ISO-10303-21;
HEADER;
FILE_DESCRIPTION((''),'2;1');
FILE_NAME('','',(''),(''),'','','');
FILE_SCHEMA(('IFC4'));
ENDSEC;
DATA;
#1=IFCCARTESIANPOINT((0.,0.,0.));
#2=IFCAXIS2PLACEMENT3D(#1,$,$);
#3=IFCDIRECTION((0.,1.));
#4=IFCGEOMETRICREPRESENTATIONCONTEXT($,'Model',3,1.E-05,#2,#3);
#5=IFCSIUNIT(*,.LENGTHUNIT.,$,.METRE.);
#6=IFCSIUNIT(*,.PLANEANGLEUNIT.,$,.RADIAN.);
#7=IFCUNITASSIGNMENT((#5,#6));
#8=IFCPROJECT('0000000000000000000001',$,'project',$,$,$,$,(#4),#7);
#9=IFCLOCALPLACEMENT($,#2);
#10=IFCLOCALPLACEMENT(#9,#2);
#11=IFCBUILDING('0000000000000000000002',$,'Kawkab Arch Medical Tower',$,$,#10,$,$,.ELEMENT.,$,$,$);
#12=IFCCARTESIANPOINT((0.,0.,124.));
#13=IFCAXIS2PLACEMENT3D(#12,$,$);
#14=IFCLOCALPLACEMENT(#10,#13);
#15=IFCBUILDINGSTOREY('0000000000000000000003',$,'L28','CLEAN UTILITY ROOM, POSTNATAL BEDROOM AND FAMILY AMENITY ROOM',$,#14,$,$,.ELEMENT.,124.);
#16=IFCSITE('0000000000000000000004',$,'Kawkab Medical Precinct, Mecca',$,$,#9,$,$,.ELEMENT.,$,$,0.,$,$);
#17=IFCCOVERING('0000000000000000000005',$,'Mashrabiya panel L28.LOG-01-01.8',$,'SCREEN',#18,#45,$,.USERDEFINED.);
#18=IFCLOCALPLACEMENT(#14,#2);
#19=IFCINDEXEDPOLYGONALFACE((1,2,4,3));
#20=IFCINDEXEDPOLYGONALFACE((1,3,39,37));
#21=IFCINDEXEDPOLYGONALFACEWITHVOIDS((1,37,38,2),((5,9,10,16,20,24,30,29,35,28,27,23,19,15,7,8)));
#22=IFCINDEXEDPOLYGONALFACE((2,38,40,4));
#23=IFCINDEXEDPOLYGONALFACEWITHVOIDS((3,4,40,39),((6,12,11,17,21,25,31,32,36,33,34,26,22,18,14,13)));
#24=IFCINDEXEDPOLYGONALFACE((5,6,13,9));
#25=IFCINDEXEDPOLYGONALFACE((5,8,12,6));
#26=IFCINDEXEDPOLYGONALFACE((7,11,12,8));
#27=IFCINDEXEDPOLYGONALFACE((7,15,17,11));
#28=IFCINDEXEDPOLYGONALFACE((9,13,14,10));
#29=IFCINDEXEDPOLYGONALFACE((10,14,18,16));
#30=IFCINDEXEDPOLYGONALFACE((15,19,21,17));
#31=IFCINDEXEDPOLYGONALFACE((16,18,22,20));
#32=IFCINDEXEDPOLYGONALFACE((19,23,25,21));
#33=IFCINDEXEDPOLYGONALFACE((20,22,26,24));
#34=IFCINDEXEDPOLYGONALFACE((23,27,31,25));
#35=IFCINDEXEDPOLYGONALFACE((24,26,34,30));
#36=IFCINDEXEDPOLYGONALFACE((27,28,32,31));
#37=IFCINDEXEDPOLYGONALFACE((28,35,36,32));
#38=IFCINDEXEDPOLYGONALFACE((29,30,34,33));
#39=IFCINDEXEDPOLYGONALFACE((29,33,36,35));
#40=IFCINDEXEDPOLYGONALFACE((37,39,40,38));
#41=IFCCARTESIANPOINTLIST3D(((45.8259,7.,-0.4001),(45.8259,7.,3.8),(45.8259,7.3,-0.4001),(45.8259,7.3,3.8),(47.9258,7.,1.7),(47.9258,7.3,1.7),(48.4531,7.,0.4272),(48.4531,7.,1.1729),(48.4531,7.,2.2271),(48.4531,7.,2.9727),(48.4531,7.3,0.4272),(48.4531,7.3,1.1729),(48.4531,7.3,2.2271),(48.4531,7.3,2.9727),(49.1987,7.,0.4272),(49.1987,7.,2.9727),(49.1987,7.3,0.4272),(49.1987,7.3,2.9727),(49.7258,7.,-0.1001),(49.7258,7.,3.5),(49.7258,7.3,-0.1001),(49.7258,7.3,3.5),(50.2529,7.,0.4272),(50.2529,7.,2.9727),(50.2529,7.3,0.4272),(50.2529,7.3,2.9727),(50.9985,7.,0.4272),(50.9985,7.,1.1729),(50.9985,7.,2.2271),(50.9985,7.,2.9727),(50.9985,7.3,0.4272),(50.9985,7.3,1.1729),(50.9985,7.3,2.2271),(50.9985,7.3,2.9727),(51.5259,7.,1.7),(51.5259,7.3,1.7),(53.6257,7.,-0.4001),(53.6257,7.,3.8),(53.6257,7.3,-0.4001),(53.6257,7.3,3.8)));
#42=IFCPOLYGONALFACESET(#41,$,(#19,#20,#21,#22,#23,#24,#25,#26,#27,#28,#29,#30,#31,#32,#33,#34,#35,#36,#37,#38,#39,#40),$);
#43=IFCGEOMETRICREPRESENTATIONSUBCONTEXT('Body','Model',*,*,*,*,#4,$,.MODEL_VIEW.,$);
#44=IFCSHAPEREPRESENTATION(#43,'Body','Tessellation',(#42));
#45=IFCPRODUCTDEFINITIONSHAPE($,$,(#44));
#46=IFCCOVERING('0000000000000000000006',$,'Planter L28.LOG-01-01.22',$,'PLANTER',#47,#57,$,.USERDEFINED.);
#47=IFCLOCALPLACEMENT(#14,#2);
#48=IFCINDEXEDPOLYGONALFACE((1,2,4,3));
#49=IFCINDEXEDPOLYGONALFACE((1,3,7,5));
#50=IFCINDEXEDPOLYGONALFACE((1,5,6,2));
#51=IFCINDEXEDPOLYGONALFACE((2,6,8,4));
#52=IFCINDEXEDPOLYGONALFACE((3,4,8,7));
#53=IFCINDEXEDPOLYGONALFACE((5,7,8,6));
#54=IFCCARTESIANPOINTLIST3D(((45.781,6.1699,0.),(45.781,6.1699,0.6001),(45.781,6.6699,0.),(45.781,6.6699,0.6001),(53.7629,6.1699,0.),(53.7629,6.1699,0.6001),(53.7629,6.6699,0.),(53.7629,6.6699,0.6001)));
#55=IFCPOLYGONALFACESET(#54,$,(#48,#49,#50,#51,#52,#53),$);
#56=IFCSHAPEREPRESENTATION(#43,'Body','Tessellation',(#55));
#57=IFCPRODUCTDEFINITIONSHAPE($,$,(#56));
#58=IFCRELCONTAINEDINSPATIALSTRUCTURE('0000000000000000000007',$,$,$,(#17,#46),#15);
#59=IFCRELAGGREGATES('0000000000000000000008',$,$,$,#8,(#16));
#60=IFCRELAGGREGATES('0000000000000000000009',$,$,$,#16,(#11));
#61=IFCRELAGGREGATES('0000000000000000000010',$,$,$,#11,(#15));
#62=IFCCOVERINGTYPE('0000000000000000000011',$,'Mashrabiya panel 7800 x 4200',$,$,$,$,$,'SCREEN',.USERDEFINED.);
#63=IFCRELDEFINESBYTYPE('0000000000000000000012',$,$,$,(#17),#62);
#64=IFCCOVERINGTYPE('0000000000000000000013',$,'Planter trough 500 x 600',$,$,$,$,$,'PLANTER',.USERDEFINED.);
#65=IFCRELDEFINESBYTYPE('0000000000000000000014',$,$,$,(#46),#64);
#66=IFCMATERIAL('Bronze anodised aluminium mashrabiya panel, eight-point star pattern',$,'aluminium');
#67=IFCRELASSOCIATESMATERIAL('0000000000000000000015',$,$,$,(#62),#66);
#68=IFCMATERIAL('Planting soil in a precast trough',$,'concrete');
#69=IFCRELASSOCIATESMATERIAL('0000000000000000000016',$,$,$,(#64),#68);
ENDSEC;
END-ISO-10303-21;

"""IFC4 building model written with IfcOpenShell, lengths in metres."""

from ifc_helpers import new_model, si_unit, direction, frame, origin, origin_2d, place, context, subcontext, project, spatial, polyline, rectangle, outline, extrude, material, material_profile, profile_set, type_object, element, save


model = new_model("IFC4")

# Units and contexts
model_context = context("Model", 3, precision=1e-05, world=origin(), true_north=direction((0.0, 1.0)))
body_context = subcontext(model_context, "Body", "Model", "MODEL_VIEW")
ifc_project = project(units=[si_unit("LENGTHUNIT", "METRE"), si_unit("PLANEANGLEUNIT", "RADIAN")], contexts=[model_context])

# Site, building, storey
site_placement = place(None, origin())
site = spatial("IfcSite", under=ifc_project, at=site_placement, Name="Kawkab Medical Precinct, Mecca", CompositionType="ELEMENT", RefElevation=0.0)
building_placement = place(site_placement, origin())
building = spatial("IfcBuilding", under=site, at=building_placement, Name="Kawkab Arch Medical Tower", CompositionType="ELEMENT")
storey_placement = place(building_placement, frame((0.0, 0.0, 124.0)))
storey = spatial("IfcBuildingStorey", under=building, at=storey_placement, Name="L28", Description="CLEAN UTILITY ROOM, POSTNATAL BEDROOM AND FAMILY AMENITY ROOM", CompositionType="ELEMENT", Elevation=124.0)

# Coverings
ifc_material_1 = material(Name="Bronze anodised aluminium mashrabiya panel, eight-point star pattern", Category="aluminium")
ifc_material_profile_1 = material_profile(ifc_material_1, outline(polyline([(-3.8999, -2.1001), (3.8999, -2.1001), (3.8999, 2.1001), (-3.8999, 2.1001), (-3.8999, -2.1001)]), holes=[polyline([(1.8, 0.0), (1.2727, 0.5271), (1.2727, 1.2727), (0.5271, 1.2727), (0.0, 1.8), (-0.5271, 1.2727), (-1.2727, 1.2727), (-1.2727, 0.5271), (-1.8, 0.0), (-1.2727, -0.5271), (-1.2727, -1.2727), (-0.5271, -1.2727), (0.0, -1.8), (0.5271, -1.2727), (1.2727, -1.2727), (1.2727, -0.5271), (1.8, 0.0)])]), Name="Mashrabiya panel 7800x4200")
ifc_profile_set_1 = profile_set([ifc_material_profile_1], Name="Bronze anodised aluminium mashrabiya panel, eight-point star pattern")
covering_type_1 = type_object("IfcCoveringType", Name="Mashrabiya panel 7800 x 4200", ElementType="SCREEN", PredefinedType="USERDEFINED", material=ifc_profile_set_1)
covering_1_placement = place(storey_placement, frame((49.7258, 7.0, 1.7), z_axis=(0.0, 1.0, 0.0), x_axis=(-1.0, 0.0, 0.0)))
element("IfcCovering", 1, at=covering_1_placement, inside=storey, type_object=covering_type_1, Name="Mashrabiya panel L28.LOG-01-01.8", ObjectType="SCREEN", PredefinedType="USERDEFINED", context=body_context, shape_type="SweptSolid", body=[
    extrude(outline(polyline([(-3.8999, -2.1001), (3.8999, -2.1001), (3.8999, 2.1001), (-3.8999, 2.1001), (-3.8999, -2.1001)]), holes=[polyline([(1.8, 0.0), (1.2727, 0.5271), (1.2727, 1.2727), (0.5271, 1.2727), (0.0, 1.8), (-0.5271, 1.2727), (-1.2727, 1.2727), (-1.2727, 0.5271), (-1.8, 0.0), (-1.2727, -0.5271), (-1.2727, -1.2727), (-0.5271, -1.2727), (0.0, -1.8), (0.5271, -1.2727), (1.2727, -1.2727), (1.2727, -0.5271), (1.8, 0.0)])]), origin(), (0.0, 0.0, 1.0), 0.3),
])
ifc_material_2 = material(Name="Planting soil in a precast trough", Category="concrete")
ifc_material_profile_2 = material_profile(ifc_material_2, rectangle(XDim=0.5, YDim=0.6001, at=origin_2d()), Name="Trough 500x600")
ifc_profile_set_2 = profile_set([ifc_material_profile_2], Name="Planting soil in a precast trough")
covering_type_2 = type_object("IfcCoveringType", Name="Planter trough 500 x 600", ElementType="PLANTER", PredefinedType="USERDEFINED", material=ifc_profile_set_2)
covering_2_placement = place(storey_placement, frame((45.781, 6.4199, 0.3), z_axis=(1.0, 0.0, 0.0), x_axis=(0.0, 1.0, 0.0)))
element("IfcCovering", 2, at=covering_2_placement, inside=storey, type_object=covering_type_2, Name="Planter L28.LOG-01-01.22", ObjectType="PLANTER", PredefinedType="USERDEFINED", context=body_context, shape_type="SweptSolid", body=[
    extrude(rectangle(XDim=0.5, YDim=0.6001, at=origin_2d()), origin(), (0.0, 0.0, 1.0), 7.9819),
])

save(model, "model.ifc")
